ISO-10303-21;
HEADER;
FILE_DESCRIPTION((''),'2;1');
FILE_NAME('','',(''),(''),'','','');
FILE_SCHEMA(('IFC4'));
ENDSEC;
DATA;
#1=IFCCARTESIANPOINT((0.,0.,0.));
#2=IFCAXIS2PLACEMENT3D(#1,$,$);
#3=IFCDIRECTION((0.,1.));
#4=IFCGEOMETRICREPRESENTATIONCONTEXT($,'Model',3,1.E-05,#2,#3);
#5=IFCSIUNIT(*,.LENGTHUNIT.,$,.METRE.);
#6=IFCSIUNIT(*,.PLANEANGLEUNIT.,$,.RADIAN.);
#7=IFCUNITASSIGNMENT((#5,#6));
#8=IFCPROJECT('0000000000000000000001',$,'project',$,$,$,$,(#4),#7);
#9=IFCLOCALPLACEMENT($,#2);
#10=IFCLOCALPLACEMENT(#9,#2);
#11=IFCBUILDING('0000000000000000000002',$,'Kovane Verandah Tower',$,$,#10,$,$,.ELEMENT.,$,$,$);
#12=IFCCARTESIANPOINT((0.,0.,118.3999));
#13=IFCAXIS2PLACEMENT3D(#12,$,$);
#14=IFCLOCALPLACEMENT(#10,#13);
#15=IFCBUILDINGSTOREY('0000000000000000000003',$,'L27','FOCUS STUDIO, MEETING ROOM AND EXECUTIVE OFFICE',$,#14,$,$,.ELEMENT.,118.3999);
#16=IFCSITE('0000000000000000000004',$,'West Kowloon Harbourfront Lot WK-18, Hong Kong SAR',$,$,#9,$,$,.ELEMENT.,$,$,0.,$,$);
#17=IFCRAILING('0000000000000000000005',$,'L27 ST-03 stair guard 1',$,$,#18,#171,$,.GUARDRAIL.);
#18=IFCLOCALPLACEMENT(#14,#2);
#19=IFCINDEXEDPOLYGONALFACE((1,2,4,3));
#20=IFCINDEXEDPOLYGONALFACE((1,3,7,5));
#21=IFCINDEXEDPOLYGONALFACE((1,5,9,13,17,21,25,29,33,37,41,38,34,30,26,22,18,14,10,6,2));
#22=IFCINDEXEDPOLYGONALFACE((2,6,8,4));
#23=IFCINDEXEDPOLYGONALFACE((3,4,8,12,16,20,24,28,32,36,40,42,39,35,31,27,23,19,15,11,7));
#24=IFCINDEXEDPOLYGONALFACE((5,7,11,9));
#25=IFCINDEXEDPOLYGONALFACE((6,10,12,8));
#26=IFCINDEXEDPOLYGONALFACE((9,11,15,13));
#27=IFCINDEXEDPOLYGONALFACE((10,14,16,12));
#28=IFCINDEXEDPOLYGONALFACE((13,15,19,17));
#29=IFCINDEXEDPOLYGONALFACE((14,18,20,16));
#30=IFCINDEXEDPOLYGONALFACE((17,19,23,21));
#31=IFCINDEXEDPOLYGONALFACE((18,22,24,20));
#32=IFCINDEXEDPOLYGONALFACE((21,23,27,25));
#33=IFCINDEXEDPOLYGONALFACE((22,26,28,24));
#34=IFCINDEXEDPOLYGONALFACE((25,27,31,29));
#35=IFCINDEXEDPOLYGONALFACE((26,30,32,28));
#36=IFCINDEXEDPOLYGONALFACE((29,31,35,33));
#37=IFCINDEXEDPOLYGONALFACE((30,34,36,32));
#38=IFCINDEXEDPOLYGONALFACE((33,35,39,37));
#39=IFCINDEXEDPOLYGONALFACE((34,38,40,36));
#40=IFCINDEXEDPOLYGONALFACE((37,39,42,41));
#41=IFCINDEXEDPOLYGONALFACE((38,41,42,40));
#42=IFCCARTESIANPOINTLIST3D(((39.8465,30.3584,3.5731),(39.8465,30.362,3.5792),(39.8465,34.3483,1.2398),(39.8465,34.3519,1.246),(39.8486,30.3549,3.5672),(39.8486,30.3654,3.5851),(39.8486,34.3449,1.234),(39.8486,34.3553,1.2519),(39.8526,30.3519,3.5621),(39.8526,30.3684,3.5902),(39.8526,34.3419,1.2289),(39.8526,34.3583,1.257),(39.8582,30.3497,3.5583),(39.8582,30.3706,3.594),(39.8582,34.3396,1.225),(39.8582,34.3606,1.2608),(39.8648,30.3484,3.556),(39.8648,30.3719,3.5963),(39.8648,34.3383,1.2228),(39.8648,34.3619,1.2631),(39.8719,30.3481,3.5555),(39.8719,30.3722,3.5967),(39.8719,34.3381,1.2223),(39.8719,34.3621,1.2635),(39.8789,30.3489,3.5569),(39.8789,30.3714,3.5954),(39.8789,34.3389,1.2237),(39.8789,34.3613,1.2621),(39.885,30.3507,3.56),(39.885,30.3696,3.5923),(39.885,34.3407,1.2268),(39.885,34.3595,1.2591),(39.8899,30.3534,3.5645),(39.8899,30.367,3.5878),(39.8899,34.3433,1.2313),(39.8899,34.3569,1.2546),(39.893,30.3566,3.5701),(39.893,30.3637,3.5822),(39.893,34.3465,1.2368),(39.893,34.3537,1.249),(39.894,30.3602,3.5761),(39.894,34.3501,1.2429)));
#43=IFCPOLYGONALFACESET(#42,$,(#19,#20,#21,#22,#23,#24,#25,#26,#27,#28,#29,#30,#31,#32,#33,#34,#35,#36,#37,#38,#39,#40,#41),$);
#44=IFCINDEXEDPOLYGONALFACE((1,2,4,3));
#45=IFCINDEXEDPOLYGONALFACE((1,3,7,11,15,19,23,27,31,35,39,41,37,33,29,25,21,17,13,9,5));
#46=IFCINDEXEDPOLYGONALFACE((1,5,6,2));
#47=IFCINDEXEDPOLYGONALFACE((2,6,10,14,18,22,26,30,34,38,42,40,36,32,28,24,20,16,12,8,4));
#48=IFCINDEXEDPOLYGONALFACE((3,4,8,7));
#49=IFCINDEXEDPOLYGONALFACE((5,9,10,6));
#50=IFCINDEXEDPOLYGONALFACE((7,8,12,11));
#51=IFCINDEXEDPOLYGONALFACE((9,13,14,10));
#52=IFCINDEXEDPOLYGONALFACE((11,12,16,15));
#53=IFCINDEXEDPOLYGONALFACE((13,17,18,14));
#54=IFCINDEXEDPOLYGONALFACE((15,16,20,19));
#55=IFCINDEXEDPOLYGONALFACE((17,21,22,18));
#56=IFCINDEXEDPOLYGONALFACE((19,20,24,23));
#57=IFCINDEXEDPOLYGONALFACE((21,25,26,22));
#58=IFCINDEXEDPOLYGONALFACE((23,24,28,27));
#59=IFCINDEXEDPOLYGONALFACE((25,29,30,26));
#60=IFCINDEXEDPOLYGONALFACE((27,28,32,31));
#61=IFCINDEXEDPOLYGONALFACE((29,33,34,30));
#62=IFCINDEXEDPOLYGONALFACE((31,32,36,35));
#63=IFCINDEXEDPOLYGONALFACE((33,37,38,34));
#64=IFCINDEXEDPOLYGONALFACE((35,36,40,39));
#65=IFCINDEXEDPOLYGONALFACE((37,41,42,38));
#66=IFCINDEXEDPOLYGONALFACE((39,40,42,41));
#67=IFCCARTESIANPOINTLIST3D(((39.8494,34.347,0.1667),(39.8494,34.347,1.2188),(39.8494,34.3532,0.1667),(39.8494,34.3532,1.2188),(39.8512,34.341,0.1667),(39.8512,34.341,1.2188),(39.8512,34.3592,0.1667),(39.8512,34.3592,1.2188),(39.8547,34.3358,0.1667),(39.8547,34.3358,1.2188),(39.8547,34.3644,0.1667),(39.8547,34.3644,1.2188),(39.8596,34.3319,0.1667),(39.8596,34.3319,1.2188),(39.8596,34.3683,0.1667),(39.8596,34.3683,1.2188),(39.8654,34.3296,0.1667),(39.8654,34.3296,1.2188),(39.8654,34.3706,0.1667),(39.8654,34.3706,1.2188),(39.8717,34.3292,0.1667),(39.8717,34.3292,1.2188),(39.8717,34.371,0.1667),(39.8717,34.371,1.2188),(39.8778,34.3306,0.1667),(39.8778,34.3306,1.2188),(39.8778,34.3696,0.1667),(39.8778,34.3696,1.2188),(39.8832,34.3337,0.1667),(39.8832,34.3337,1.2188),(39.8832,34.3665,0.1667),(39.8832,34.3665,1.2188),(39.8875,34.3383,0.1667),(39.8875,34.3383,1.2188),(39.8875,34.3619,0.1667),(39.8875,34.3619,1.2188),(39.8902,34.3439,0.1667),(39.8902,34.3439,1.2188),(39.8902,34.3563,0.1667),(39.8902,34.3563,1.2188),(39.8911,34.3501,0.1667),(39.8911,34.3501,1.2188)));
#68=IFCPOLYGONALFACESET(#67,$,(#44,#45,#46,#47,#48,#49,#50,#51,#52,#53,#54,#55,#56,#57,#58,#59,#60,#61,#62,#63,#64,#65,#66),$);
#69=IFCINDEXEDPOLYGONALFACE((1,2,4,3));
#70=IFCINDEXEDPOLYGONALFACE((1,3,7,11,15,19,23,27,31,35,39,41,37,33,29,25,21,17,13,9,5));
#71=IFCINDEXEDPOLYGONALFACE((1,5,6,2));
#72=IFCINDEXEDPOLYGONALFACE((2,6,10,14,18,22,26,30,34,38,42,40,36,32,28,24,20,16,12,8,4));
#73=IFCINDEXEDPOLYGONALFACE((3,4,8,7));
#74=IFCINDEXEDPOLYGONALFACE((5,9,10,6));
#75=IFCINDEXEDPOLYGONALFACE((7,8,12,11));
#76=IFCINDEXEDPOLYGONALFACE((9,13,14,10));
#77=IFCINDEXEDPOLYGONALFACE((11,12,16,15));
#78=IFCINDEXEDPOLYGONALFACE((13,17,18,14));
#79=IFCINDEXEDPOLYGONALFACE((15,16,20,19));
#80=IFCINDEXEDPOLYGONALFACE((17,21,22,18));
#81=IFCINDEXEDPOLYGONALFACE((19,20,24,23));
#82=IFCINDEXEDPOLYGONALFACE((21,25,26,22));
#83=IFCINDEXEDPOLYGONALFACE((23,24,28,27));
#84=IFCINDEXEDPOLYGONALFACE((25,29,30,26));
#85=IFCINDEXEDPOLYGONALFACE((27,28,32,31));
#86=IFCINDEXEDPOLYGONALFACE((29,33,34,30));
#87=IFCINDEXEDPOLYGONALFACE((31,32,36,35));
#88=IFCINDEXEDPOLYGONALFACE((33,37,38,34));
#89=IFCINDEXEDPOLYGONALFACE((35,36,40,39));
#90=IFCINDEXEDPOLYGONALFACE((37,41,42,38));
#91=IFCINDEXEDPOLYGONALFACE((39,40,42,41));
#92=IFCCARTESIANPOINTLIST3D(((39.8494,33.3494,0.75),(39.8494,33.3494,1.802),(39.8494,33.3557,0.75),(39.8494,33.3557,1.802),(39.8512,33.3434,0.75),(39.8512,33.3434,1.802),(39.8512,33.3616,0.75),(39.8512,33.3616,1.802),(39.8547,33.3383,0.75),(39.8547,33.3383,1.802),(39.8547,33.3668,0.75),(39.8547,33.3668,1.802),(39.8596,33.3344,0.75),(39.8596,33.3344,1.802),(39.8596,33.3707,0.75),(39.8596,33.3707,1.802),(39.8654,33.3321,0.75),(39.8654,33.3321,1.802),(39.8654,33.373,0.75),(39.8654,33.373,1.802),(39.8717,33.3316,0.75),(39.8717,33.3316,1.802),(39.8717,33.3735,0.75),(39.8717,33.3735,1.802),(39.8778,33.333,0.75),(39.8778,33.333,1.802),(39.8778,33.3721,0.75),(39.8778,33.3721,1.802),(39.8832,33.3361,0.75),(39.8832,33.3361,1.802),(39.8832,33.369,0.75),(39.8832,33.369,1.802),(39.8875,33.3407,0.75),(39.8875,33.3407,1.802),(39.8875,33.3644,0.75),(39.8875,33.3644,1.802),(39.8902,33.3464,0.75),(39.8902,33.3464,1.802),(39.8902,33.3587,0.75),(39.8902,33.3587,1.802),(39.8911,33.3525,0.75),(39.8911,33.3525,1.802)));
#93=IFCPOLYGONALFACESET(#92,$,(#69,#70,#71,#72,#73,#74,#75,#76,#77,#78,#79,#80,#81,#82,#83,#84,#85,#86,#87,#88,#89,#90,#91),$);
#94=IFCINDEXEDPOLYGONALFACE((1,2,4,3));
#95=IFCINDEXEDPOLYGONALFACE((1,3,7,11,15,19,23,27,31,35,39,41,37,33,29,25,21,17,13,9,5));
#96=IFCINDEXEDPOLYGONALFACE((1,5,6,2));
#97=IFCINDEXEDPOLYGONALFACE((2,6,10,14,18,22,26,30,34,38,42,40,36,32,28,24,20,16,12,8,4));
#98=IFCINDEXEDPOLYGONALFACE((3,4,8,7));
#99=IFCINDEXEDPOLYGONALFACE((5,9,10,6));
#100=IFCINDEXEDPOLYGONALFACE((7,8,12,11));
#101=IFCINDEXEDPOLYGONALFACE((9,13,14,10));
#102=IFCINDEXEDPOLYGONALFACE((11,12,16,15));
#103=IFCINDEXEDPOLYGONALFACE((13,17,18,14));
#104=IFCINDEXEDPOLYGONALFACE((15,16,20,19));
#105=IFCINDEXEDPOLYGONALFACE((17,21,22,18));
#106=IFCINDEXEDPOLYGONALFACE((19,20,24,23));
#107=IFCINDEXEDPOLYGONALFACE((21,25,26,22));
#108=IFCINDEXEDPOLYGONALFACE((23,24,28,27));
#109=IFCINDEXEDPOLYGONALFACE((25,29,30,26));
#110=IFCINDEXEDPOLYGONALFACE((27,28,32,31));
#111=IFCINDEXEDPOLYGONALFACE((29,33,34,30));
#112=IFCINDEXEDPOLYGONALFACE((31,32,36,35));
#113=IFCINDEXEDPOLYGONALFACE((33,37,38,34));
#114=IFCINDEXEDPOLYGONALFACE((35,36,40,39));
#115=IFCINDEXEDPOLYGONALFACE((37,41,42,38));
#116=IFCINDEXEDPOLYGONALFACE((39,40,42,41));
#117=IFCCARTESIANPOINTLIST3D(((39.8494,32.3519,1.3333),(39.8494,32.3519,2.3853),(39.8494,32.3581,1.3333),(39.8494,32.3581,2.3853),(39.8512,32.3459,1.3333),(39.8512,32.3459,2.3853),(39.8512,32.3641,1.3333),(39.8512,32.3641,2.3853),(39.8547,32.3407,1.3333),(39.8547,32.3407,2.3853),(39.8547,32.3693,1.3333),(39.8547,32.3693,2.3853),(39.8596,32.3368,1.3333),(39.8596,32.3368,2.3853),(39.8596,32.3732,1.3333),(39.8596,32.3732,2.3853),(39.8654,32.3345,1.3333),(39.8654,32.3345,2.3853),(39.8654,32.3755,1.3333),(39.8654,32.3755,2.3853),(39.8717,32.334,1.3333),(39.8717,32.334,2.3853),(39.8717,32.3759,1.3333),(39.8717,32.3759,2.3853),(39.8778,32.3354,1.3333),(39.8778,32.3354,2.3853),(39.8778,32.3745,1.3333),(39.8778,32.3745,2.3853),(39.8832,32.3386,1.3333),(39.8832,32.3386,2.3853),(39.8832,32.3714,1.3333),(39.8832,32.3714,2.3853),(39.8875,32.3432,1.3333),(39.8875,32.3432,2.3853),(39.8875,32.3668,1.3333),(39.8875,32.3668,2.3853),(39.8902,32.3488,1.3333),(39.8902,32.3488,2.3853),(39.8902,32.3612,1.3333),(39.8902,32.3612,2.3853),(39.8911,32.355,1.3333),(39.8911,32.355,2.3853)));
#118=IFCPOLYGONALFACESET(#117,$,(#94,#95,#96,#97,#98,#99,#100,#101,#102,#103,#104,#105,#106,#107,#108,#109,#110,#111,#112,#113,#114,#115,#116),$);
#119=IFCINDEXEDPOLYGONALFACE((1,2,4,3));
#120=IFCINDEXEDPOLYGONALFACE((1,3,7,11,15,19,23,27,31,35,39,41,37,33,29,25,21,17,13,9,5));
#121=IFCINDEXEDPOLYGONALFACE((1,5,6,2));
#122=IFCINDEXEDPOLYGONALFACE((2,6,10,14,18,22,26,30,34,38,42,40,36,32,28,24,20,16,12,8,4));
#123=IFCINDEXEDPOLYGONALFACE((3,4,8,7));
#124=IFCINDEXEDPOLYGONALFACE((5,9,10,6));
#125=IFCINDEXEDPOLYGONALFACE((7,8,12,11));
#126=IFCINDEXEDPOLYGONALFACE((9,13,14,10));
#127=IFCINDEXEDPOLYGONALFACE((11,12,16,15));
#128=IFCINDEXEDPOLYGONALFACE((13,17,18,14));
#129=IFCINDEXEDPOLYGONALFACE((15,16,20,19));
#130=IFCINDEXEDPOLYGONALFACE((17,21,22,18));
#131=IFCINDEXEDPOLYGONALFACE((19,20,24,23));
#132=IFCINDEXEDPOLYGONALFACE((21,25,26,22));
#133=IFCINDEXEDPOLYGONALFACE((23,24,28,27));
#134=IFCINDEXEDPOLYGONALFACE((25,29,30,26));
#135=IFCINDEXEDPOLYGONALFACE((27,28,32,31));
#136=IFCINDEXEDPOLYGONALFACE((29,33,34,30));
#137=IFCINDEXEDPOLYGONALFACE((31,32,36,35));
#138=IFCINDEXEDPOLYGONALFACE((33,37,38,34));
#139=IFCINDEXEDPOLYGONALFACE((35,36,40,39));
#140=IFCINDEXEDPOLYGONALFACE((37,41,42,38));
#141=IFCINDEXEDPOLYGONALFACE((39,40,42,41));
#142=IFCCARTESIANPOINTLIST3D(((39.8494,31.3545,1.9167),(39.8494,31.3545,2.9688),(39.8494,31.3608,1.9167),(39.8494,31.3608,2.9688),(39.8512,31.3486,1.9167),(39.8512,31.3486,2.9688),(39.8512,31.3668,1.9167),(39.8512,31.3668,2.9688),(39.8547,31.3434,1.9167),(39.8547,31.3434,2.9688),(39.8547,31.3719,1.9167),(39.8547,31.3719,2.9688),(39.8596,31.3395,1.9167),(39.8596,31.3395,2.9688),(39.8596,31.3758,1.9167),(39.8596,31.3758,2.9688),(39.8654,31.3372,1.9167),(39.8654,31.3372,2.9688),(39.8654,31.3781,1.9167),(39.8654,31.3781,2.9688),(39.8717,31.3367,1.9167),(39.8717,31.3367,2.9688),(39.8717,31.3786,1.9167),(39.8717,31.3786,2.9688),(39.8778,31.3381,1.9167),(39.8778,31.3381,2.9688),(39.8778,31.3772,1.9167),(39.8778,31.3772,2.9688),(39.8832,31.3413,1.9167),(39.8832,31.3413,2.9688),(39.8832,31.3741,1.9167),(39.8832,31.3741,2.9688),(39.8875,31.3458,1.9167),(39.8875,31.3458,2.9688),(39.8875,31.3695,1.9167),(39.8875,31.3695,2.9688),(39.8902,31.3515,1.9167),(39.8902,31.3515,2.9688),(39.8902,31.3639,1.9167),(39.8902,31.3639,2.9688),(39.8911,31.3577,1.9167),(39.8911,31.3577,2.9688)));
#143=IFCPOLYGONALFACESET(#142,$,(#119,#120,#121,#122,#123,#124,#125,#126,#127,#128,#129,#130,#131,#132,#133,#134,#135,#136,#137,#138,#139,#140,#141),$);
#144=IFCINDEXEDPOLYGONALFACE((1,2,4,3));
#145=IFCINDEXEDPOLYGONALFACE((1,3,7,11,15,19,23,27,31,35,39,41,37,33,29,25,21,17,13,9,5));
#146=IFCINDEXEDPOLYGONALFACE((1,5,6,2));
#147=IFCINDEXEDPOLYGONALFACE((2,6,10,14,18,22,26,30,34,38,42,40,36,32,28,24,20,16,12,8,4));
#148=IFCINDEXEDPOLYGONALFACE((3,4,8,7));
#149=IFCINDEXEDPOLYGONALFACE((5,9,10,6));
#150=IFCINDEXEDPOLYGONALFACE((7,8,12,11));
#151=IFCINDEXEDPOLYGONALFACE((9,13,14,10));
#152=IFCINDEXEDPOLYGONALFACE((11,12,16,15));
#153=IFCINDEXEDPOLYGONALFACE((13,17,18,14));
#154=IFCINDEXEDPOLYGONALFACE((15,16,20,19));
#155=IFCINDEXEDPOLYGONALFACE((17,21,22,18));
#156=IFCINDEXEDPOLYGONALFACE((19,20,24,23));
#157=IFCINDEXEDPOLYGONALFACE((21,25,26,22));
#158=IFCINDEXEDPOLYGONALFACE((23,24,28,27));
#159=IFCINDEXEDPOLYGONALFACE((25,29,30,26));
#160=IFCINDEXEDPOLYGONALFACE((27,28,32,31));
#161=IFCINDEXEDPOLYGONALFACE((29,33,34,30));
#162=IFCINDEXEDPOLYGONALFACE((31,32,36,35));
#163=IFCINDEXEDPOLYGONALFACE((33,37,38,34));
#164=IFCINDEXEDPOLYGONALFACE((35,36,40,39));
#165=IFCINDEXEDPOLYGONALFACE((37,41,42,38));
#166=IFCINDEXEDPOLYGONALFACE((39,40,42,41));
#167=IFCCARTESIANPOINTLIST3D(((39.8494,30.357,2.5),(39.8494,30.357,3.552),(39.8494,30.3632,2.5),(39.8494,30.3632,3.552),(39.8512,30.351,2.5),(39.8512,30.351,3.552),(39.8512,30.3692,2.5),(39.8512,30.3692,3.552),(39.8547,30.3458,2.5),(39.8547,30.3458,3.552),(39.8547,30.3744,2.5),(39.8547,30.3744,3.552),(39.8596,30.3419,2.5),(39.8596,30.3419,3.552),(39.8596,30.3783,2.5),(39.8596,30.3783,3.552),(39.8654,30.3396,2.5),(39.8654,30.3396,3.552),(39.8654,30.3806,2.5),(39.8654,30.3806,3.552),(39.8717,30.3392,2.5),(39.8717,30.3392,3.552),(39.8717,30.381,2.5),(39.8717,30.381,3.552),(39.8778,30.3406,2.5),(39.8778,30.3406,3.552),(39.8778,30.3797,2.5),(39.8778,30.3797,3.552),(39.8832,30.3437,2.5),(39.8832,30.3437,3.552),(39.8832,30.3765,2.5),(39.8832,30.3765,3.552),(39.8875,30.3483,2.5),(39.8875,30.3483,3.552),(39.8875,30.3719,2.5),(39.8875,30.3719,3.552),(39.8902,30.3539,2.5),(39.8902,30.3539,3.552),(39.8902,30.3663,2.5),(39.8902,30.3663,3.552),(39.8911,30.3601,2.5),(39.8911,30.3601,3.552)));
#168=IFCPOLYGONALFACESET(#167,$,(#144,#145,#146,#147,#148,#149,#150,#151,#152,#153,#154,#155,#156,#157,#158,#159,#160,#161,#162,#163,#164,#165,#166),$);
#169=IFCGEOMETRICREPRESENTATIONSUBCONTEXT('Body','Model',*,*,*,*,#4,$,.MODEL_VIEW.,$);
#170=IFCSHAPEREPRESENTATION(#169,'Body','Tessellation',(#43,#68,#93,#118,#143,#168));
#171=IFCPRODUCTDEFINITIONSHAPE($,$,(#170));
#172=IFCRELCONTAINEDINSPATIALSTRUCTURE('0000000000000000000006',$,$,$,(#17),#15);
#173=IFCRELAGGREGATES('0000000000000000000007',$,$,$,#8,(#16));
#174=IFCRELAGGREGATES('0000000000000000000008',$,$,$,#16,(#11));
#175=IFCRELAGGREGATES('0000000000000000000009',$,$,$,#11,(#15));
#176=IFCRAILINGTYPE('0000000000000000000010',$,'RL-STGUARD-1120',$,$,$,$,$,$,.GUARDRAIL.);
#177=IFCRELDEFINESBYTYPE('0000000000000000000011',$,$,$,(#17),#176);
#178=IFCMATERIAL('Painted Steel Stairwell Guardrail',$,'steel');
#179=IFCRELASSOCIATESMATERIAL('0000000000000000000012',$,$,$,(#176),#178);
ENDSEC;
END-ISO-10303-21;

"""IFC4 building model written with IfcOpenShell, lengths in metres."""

from ifc_helpers import new_model, si_unit, direction, frame, origin, origin_2d, place, context, subcontext, project, spatial, circle, extrude, material, type_object, element, save


model = new_model("IFC4")

# Units and contexts
model_context = context("Model", 3, precision=1e-05, world=origin(), true_north=direction((0.0, 1.0)))
body_context = subcontext(model_context, "Body", "Model", "MODEL_VIEW")
ifc_project = project(units=[si_unit("LENGTHUNIT", "METRE"), si_unit("PLANEANGLEUNIT", "RADIAN")], contexts=[model_context])

# Site, building, storey
site_placement = place(None, origin())
site = spatial("IfcSite", under=ifc_project, at=site_placement, Name="West Kowloon Harbourfront Lot WK-18, Hong Kong SAR", CompositionType="ELEMENT", RefElevation=0.0)
building_placement = place(site_placement, origin())
building = spatial("IfcBuilding", under=site, at=building_placement, Name="Kovane Verandah Tower", CompositionType="ELEMENT")
storey_placement = place(building_placement, frame((0.0, 0.0, 118.3999)))
storey = spatial("IfcBuildingStorey", under=building, at=storey_placement, Name="L27", Description="FOCUS STUDIO, MEETING ROOM AND EXECUTIVE OFFICE", CompositionType="ELEMENT", Elevation=118.3999)

# Railing
ifc_material_1 = material(Name="Painted Steel Stairwell Guardrail", Category="steel")
railing_type_1 = type_object("IfcRailingType", Name="RL-STGUARD-1120", PredefinedType="GUARDRAIL", material=ifc_material_1)
railing_1_placement = place(storey_placement, frame((39.8701, 34.3501, 0.1667)))
element("IfcRailing", 1, at=railing_1_placement, inside=storey, type_object=railing_type_1, Name="L27 ST-03 stair guard 1", PredefinedType="GUARDRAIL", context=body_context, shape_type="SweptSolid", body=[
    extrude(circle(Radius=0.0239, at=origin_2d()), frame((0.0, 0.0, 1.0762), z_axis=(0.0, -0.863236, 0.5048), x_axis=(1.0, 0.0, 0.0)), (0.0, 0.0, 1.0), 4.6221),
    extrude(circle(Radius=0.021, at=origin_2d()), origin(), (0.0, 0.0, 1.0), 1.052),
    extrude(circle(Radius=0.021, at=origin_2d()), frame((0.0, -0.9976, 0.5833)), (0.0, 0.0, 1.0), 1.052),
    extrude(circle(Radius=0.021, at=origin_2d()), frame((0.0, -1.9951, 1.1665)), (0.0, 0.0, 1.0), 1.052),
    extrude(circle(Radius=0.021, at=origin_2d()), frame((0.0, -2.9924, 1.75)), (0.0, 0.0, 1.0), 1.052),
    extrude(circle(Radius=0.021, at=origin_2d()), frame((0.0, -3.99, 2.3333)), (0.0, 0.0, 1.0), 1.052),
])

save(model, "model.ifc")
